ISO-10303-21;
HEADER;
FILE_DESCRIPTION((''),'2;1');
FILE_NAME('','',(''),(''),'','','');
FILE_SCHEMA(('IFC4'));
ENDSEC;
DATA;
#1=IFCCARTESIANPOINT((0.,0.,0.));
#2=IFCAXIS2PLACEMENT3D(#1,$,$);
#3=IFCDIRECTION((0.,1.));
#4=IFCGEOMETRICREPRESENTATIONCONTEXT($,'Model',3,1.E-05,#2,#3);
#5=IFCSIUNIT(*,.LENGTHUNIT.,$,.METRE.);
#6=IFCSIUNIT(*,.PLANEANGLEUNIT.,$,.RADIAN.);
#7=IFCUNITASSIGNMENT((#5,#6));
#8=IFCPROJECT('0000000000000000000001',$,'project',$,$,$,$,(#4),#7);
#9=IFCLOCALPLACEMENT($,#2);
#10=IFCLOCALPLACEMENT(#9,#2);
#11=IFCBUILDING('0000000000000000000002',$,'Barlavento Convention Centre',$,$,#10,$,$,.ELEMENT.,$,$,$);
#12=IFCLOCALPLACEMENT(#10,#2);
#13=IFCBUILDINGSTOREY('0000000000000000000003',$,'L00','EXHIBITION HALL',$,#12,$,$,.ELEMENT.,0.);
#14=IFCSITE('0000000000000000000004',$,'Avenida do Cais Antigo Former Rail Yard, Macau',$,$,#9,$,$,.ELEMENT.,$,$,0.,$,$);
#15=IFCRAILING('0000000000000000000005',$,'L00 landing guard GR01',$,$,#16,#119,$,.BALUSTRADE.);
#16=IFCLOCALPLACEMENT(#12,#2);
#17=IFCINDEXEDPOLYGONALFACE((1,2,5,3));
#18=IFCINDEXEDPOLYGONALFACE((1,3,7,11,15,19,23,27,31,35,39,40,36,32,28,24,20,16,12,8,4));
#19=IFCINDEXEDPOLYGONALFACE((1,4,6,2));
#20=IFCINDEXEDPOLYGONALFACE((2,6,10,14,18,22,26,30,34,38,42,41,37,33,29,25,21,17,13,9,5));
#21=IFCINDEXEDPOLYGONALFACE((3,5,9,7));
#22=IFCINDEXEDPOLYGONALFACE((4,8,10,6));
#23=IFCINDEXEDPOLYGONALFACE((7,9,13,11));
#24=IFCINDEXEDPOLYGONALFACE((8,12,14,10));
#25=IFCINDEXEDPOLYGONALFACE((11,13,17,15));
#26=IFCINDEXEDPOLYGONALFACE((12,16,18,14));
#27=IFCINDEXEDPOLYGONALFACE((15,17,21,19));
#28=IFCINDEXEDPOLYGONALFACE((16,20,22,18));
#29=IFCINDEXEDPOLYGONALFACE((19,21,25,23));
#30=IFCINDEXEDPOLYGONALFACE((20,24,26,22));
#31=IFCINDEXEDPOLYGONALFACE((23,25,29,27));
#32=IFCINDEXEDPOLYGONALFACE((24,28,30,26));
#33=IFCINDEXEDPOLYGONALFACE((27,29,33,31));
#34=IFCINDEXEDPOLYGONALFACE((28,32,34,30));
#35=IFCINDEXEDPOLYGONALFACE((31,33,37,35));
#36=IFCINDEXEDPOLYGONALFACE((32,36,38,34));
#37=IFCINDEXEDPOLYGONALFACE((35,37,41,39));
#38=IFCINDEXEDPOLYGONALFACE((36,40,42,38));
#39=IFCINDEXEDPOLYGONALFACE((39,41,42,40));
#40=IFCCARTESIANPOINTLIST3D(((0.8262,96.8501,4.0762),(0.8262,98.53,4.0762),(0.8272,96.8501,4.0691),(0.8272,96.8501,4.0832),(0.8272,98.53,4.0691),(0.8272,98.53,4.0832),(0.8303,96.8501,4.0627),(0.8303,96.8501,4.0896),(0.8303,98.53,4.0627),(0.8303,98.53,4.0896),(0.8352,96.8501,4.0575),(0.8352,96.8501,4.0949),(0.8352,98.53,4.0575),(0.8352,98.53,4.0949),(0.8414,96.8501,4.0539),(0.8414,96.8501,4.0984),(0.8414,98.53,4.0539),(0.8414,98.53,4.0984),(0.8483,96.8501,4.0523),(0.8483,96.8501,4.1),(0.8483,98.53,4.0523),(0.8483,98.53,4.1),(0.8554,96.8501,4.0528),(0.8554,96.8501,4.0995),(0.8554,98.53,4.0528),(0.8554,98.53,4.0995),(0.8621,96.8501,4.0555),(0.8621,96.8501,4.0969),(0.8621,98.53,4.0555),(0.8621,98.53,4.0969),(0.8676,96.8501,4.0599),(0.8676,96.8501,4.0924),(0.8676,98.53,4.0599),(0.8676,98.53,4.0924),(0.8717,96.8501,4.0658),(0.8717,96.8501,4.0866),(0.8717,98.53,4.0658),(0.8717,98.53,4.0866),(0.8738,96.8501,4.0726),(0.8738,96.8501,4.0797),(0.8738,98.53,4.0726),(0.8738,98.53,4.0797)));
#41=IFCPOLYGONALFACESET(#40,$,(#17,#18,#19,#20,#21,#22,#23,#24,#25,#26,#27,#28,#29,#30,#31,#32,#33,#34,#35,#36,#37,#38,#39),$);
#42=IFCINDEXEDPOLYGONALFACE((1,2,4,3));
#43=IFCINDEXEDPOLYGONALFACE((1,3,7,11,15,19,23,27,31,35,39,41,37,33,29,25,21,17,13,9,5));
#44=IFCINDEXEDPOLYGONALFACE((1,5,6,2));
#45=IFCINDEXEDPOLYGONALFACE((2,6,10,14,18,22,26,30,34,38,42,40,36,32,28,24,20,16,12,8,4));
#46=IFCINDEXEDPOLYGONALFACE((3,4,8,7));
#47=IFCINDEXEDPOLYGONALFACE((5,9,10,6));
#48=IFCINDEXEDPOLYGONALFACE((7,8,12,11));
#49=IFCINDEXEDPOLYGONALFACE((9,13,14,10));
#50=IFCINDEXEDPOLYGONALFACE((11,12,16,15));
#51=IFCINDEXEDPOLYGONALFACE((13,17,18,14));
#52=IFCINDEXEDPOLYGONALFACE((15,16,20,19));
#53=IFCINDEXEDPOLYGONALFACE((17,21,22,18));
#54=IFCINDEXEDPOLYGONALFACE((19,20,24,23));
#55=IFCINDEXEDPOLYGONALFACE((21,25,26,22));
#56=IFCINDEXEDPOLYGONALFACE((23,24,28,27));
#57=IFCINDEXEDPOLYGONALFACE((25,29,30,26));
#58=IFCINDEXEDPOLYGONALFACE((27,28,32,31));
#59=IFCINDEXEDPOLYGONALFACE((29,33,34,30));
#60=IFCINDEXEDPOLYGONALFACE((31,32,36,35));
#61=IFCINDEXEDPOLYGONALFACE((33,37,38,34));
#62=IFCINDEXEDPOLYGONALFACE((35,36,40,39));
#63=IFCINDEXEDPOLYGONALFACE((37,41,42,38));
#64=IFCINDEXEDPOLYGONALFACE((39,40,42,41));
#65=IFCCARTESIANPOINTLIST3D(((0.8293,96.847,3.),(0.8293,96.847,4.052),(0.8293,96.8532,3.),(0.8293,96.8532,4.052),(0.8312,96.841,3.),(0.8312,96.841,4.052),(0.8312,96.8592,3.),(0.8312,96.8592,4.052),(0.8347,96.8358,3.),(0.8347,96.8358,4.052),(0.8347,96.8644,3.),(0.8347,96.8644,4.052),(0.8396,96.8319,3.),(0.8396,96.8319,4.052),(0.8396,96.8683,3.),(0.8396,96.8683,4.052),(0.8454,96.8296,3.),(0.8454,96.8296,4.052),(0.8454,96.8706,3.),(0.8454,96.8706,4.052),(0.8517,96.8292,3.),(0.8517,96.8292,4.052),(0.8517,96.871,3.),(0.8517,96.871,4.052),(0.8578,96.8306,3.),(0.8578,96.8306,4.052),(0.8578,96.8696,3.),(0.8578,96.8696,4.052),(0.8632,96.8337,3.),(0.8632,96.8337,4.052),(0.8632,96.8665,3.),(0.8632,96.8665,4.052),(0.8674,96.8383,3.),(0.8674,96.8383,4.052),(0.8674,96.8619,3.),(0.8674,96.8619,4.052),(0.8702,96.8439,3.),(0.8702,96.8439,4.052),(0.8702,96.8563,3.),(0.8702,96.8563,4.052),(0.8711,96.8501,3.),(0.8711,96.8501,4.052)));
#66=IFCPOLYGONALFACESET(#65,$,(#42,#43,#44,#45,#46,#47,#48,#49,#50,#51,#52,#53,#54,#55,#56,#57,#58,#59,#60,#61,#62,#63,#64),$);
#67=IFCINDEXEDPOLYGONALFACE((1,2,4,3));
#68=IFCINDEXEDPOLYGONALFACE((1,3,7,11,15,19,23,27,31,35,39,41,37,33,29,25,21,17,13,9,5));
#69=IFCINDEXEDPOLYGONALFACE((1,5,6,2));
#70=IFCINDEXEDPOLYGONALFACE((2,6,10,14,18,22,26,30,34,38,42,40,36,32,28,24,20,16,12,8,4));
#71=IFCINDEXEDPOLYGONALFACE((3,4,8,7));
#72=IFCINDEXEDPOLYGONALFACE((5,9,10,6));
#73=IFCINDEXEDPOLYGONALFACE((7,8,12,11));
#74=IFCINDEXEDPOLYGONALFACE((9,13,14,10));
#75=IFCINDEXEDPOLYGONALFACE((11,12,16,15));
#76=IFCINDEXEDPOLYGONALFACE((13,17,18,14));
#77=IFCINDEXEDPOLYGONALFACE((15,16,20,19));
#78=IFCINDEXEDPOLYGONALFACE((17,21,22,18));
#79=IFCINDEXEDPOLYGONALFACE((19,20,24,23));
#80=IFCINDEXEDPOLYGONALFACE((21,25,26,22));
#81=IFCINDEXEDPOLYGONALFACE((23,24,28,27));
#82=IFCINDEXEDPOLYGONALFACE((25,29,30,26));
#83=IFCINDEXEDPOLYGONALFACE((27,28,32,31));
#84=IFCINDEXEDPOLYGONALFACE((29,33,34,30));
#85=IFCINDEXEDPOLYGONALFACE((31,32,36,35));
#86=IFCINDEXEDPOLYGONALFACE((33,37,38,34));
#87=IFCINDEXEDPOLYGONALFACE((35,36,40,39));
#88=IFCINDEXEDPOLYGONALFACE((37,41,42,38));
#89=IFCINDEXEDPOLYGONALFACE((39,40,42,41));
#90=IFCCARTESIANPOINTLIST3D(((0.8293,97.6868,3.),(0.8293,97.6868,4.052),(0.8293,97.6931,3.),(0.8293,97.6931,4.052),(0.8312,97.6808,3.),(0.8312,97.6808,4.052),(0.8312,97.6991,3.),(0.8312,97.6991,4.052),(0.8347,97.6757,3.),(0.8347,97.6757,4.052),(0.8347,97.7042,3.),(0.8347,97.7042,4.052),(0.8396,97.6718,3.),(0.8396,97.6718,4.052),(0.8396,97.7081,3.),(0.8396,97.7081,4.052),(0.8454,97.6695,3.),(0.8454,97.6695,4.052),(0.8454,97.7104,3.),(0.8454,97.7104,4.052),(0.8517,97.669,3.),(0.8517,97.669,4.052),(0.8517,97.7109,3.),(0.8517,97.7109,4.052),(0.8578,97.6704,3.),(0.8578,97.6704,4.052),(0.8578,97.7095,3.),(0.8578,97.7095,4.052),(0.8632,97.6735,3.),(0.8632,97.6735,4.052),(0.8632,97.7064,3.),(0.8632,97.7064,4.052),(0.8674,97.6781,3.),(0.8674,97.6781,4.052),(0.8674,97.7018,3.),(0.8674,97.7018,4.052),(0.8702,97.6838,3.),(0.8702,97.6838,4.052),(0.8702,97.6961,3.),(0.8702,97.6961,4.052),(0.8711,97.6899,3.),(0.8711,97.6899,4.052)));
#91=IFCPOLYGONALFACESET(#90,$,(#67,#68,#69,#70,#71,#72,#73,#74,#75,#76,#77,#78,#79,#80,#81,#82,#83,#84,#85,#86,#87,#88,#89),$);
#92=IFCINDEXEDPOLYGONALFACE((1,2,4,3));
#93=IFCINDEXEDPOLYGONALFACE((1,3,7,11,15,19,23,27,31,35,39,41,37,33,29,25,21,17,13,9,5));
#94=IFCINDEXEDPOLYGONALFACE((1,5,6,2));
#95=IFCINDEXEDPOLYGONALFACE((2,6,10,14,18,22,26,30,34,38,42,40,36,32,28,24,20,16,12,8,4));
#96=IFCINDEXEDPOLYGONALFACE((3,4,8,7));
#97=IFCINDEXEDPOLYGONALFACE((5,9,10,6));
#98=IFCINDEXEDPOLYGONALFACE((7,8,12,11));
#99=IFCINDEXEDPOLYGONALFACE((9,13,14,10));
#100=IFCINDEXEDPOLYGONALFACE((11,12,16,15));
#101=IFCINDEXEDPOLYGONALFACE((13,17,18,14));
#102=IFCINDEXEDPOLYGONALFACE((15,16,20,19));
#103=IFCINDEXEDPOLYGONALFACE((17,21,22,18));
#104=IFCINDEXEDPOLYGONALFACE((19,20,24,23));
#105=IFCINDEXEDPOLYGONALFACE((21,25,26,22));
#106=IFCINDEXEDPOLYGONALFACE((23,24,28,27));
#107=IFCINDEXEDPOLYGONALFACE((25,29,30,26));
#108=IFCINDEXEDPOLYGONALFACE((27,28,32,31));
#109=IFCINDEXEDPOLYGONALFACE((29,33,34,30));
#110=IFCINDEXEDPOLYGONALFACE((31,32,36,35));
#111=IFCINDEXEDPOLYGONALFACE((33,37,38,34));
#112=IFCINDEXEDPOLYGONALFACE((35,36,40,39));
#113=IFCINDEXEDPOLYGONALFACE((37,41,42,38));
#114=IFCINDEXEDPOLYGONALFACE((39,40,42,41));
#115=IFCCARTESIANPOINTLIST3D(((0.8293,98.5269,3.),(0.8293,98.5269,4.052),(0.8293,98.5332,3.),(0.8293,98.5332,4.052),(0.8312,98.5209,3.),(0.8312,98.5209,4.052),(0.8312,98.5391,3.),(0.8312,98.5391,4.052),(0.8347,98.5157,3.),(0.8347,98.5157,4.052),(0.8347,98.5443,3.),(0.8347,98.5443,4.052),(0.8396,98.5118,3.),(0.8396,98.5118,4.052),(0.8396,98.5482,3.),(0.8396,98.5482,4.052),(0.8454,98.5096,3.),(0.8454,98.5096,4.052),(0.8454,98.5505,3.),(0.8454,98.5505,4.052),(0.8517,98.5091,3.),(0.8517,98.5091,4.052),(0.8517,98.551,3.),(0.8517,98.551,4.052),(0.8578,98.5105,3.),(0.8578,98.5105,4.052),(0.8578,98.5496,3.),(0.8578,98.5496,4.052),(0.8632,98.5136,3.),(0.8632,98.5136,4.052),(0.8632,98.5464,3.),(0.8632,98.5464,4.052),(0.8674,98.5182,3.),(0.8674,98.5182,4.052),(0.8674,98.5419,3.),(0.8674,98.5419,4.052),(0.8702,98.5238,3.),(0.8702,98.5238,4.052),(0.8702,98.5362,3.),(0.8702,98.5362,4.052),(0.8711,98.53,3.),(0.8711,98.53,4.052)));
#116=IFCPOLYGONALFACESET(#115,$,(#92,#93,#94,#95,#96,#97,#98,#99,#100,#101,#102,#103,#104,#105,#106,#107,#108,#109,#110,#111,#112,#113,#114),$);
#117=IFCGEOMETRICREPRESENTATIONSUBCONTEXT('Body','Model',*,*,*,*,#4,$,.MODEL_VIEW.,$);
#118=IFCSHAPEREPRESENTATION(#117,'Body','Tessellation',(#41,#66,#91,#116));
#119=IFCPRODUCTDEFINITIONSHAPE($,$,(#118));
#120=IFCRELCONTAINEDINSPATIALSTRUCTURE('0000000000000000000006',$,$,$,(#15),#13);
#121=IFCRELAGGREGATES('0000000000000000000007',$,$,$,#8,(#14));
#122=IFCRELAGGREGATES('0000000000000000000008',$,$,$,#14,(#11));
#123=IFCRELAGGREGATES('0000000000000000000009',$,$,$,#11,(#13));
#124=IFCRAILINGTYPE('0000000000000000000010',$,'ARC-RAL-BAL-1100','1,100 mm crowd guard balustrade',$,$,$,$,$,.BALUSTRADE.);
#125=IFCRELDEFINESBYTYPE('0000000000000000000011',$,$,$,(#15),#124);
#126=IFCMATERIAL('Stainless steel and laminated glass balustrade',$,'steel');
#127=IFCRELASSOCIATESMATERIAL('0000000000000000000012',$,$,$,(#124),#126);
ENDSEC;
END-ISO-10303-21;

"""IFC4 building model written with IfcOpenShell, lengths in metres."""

from ifc_helpers import new_model, si_unit, direction, frame, origin, origin_2d, place, context, subcontext, project, spatial, circle, extrude, material, type_object, element, save


model = new_model("IFC4")

# Units and contexts
model_context = context("Model", 3, precision=1e-05, world=origin(), true_north=direction((0.0, 1.0)))
body_context = subcontext(model_context, "Body", "Model", "MODEL_VIEW")
ifc_project = project(units=[si_unit("LENGTHUNIT", "METRE"), si_unit("PLANEANGLEUNIT", "RADIAN")], contexts=[model_context])

# Site, building, storey
site_placement = place(None, origin())
site = spatial("IfcSite", under=ifc_project, at=site_placement, Name="Avenida do Cais Antigo Former Rail Yard, Macau", CompositionType="ELEMENT", RefElevation=0.0)
building_placement = place(site_placement, origin())
building = spatial("IfcBuilding", under=site, at=building_placement, Name="Barlavento Convention Centre", CompositionType="ELEMENT")
storey_placement = place(building_placement, origin())
storey = spatial("IfcBuildingStorey", under=building, at=storey_placement, Name="L00", Description="EXHIBITION HALL", CompositionType="ELEMENT", Elevation=0.0)

# Railing
ifc_material_1 = material(Name="Stainless steel and laminated glass balustrade", Category="steel")
railing_type_1 = type_object("IfcRailingType", Name="ARC-RAL-BAL-1100", Description="1,100 mm crowd guard balustrade", PredefinedType="BALUSTRADE", material=ifc_material_1)
for number, where, name in (
    (1, (0.8501, 96.8501, 3.0), "L00 landing guard GR01"),
):
    element("IfcRailing", number, at=place(storey_placement, frame(where)), inside=storey, type_object=railing_type_1, Name=name, PredefinedType="BALUSTRADE", context=body_context, shape_type="SweptSolid", body=[
        extrude(circle(Radius=0.0239, at=origin_2d()), frame((0.0, 0.0, 1.0762), z_axis=(0.0, 1.0, 0.0), x_axis=(-1.0, 0.0, 0.0)), (0.0, 0.0, 1.0), 1.6799),
        extrude(circle(Radius=0.021, at=origin_2d()), origin(), (0.0, 0.0, 1.0), 1.052),
        extrude(circle(Radius=0.021, at=origin_2d()), frame((0.0, 0.8398, 0.0)), (0.0, 0.0, 1.0), 1.052),
        extrude(circle(Radius=0.021, at=origin_2d()), frame((0.0, 1.6799, 0.0)), (0.0, 0.0, 1.0), 1.052),
    ])

save(model, "model.ifc")
